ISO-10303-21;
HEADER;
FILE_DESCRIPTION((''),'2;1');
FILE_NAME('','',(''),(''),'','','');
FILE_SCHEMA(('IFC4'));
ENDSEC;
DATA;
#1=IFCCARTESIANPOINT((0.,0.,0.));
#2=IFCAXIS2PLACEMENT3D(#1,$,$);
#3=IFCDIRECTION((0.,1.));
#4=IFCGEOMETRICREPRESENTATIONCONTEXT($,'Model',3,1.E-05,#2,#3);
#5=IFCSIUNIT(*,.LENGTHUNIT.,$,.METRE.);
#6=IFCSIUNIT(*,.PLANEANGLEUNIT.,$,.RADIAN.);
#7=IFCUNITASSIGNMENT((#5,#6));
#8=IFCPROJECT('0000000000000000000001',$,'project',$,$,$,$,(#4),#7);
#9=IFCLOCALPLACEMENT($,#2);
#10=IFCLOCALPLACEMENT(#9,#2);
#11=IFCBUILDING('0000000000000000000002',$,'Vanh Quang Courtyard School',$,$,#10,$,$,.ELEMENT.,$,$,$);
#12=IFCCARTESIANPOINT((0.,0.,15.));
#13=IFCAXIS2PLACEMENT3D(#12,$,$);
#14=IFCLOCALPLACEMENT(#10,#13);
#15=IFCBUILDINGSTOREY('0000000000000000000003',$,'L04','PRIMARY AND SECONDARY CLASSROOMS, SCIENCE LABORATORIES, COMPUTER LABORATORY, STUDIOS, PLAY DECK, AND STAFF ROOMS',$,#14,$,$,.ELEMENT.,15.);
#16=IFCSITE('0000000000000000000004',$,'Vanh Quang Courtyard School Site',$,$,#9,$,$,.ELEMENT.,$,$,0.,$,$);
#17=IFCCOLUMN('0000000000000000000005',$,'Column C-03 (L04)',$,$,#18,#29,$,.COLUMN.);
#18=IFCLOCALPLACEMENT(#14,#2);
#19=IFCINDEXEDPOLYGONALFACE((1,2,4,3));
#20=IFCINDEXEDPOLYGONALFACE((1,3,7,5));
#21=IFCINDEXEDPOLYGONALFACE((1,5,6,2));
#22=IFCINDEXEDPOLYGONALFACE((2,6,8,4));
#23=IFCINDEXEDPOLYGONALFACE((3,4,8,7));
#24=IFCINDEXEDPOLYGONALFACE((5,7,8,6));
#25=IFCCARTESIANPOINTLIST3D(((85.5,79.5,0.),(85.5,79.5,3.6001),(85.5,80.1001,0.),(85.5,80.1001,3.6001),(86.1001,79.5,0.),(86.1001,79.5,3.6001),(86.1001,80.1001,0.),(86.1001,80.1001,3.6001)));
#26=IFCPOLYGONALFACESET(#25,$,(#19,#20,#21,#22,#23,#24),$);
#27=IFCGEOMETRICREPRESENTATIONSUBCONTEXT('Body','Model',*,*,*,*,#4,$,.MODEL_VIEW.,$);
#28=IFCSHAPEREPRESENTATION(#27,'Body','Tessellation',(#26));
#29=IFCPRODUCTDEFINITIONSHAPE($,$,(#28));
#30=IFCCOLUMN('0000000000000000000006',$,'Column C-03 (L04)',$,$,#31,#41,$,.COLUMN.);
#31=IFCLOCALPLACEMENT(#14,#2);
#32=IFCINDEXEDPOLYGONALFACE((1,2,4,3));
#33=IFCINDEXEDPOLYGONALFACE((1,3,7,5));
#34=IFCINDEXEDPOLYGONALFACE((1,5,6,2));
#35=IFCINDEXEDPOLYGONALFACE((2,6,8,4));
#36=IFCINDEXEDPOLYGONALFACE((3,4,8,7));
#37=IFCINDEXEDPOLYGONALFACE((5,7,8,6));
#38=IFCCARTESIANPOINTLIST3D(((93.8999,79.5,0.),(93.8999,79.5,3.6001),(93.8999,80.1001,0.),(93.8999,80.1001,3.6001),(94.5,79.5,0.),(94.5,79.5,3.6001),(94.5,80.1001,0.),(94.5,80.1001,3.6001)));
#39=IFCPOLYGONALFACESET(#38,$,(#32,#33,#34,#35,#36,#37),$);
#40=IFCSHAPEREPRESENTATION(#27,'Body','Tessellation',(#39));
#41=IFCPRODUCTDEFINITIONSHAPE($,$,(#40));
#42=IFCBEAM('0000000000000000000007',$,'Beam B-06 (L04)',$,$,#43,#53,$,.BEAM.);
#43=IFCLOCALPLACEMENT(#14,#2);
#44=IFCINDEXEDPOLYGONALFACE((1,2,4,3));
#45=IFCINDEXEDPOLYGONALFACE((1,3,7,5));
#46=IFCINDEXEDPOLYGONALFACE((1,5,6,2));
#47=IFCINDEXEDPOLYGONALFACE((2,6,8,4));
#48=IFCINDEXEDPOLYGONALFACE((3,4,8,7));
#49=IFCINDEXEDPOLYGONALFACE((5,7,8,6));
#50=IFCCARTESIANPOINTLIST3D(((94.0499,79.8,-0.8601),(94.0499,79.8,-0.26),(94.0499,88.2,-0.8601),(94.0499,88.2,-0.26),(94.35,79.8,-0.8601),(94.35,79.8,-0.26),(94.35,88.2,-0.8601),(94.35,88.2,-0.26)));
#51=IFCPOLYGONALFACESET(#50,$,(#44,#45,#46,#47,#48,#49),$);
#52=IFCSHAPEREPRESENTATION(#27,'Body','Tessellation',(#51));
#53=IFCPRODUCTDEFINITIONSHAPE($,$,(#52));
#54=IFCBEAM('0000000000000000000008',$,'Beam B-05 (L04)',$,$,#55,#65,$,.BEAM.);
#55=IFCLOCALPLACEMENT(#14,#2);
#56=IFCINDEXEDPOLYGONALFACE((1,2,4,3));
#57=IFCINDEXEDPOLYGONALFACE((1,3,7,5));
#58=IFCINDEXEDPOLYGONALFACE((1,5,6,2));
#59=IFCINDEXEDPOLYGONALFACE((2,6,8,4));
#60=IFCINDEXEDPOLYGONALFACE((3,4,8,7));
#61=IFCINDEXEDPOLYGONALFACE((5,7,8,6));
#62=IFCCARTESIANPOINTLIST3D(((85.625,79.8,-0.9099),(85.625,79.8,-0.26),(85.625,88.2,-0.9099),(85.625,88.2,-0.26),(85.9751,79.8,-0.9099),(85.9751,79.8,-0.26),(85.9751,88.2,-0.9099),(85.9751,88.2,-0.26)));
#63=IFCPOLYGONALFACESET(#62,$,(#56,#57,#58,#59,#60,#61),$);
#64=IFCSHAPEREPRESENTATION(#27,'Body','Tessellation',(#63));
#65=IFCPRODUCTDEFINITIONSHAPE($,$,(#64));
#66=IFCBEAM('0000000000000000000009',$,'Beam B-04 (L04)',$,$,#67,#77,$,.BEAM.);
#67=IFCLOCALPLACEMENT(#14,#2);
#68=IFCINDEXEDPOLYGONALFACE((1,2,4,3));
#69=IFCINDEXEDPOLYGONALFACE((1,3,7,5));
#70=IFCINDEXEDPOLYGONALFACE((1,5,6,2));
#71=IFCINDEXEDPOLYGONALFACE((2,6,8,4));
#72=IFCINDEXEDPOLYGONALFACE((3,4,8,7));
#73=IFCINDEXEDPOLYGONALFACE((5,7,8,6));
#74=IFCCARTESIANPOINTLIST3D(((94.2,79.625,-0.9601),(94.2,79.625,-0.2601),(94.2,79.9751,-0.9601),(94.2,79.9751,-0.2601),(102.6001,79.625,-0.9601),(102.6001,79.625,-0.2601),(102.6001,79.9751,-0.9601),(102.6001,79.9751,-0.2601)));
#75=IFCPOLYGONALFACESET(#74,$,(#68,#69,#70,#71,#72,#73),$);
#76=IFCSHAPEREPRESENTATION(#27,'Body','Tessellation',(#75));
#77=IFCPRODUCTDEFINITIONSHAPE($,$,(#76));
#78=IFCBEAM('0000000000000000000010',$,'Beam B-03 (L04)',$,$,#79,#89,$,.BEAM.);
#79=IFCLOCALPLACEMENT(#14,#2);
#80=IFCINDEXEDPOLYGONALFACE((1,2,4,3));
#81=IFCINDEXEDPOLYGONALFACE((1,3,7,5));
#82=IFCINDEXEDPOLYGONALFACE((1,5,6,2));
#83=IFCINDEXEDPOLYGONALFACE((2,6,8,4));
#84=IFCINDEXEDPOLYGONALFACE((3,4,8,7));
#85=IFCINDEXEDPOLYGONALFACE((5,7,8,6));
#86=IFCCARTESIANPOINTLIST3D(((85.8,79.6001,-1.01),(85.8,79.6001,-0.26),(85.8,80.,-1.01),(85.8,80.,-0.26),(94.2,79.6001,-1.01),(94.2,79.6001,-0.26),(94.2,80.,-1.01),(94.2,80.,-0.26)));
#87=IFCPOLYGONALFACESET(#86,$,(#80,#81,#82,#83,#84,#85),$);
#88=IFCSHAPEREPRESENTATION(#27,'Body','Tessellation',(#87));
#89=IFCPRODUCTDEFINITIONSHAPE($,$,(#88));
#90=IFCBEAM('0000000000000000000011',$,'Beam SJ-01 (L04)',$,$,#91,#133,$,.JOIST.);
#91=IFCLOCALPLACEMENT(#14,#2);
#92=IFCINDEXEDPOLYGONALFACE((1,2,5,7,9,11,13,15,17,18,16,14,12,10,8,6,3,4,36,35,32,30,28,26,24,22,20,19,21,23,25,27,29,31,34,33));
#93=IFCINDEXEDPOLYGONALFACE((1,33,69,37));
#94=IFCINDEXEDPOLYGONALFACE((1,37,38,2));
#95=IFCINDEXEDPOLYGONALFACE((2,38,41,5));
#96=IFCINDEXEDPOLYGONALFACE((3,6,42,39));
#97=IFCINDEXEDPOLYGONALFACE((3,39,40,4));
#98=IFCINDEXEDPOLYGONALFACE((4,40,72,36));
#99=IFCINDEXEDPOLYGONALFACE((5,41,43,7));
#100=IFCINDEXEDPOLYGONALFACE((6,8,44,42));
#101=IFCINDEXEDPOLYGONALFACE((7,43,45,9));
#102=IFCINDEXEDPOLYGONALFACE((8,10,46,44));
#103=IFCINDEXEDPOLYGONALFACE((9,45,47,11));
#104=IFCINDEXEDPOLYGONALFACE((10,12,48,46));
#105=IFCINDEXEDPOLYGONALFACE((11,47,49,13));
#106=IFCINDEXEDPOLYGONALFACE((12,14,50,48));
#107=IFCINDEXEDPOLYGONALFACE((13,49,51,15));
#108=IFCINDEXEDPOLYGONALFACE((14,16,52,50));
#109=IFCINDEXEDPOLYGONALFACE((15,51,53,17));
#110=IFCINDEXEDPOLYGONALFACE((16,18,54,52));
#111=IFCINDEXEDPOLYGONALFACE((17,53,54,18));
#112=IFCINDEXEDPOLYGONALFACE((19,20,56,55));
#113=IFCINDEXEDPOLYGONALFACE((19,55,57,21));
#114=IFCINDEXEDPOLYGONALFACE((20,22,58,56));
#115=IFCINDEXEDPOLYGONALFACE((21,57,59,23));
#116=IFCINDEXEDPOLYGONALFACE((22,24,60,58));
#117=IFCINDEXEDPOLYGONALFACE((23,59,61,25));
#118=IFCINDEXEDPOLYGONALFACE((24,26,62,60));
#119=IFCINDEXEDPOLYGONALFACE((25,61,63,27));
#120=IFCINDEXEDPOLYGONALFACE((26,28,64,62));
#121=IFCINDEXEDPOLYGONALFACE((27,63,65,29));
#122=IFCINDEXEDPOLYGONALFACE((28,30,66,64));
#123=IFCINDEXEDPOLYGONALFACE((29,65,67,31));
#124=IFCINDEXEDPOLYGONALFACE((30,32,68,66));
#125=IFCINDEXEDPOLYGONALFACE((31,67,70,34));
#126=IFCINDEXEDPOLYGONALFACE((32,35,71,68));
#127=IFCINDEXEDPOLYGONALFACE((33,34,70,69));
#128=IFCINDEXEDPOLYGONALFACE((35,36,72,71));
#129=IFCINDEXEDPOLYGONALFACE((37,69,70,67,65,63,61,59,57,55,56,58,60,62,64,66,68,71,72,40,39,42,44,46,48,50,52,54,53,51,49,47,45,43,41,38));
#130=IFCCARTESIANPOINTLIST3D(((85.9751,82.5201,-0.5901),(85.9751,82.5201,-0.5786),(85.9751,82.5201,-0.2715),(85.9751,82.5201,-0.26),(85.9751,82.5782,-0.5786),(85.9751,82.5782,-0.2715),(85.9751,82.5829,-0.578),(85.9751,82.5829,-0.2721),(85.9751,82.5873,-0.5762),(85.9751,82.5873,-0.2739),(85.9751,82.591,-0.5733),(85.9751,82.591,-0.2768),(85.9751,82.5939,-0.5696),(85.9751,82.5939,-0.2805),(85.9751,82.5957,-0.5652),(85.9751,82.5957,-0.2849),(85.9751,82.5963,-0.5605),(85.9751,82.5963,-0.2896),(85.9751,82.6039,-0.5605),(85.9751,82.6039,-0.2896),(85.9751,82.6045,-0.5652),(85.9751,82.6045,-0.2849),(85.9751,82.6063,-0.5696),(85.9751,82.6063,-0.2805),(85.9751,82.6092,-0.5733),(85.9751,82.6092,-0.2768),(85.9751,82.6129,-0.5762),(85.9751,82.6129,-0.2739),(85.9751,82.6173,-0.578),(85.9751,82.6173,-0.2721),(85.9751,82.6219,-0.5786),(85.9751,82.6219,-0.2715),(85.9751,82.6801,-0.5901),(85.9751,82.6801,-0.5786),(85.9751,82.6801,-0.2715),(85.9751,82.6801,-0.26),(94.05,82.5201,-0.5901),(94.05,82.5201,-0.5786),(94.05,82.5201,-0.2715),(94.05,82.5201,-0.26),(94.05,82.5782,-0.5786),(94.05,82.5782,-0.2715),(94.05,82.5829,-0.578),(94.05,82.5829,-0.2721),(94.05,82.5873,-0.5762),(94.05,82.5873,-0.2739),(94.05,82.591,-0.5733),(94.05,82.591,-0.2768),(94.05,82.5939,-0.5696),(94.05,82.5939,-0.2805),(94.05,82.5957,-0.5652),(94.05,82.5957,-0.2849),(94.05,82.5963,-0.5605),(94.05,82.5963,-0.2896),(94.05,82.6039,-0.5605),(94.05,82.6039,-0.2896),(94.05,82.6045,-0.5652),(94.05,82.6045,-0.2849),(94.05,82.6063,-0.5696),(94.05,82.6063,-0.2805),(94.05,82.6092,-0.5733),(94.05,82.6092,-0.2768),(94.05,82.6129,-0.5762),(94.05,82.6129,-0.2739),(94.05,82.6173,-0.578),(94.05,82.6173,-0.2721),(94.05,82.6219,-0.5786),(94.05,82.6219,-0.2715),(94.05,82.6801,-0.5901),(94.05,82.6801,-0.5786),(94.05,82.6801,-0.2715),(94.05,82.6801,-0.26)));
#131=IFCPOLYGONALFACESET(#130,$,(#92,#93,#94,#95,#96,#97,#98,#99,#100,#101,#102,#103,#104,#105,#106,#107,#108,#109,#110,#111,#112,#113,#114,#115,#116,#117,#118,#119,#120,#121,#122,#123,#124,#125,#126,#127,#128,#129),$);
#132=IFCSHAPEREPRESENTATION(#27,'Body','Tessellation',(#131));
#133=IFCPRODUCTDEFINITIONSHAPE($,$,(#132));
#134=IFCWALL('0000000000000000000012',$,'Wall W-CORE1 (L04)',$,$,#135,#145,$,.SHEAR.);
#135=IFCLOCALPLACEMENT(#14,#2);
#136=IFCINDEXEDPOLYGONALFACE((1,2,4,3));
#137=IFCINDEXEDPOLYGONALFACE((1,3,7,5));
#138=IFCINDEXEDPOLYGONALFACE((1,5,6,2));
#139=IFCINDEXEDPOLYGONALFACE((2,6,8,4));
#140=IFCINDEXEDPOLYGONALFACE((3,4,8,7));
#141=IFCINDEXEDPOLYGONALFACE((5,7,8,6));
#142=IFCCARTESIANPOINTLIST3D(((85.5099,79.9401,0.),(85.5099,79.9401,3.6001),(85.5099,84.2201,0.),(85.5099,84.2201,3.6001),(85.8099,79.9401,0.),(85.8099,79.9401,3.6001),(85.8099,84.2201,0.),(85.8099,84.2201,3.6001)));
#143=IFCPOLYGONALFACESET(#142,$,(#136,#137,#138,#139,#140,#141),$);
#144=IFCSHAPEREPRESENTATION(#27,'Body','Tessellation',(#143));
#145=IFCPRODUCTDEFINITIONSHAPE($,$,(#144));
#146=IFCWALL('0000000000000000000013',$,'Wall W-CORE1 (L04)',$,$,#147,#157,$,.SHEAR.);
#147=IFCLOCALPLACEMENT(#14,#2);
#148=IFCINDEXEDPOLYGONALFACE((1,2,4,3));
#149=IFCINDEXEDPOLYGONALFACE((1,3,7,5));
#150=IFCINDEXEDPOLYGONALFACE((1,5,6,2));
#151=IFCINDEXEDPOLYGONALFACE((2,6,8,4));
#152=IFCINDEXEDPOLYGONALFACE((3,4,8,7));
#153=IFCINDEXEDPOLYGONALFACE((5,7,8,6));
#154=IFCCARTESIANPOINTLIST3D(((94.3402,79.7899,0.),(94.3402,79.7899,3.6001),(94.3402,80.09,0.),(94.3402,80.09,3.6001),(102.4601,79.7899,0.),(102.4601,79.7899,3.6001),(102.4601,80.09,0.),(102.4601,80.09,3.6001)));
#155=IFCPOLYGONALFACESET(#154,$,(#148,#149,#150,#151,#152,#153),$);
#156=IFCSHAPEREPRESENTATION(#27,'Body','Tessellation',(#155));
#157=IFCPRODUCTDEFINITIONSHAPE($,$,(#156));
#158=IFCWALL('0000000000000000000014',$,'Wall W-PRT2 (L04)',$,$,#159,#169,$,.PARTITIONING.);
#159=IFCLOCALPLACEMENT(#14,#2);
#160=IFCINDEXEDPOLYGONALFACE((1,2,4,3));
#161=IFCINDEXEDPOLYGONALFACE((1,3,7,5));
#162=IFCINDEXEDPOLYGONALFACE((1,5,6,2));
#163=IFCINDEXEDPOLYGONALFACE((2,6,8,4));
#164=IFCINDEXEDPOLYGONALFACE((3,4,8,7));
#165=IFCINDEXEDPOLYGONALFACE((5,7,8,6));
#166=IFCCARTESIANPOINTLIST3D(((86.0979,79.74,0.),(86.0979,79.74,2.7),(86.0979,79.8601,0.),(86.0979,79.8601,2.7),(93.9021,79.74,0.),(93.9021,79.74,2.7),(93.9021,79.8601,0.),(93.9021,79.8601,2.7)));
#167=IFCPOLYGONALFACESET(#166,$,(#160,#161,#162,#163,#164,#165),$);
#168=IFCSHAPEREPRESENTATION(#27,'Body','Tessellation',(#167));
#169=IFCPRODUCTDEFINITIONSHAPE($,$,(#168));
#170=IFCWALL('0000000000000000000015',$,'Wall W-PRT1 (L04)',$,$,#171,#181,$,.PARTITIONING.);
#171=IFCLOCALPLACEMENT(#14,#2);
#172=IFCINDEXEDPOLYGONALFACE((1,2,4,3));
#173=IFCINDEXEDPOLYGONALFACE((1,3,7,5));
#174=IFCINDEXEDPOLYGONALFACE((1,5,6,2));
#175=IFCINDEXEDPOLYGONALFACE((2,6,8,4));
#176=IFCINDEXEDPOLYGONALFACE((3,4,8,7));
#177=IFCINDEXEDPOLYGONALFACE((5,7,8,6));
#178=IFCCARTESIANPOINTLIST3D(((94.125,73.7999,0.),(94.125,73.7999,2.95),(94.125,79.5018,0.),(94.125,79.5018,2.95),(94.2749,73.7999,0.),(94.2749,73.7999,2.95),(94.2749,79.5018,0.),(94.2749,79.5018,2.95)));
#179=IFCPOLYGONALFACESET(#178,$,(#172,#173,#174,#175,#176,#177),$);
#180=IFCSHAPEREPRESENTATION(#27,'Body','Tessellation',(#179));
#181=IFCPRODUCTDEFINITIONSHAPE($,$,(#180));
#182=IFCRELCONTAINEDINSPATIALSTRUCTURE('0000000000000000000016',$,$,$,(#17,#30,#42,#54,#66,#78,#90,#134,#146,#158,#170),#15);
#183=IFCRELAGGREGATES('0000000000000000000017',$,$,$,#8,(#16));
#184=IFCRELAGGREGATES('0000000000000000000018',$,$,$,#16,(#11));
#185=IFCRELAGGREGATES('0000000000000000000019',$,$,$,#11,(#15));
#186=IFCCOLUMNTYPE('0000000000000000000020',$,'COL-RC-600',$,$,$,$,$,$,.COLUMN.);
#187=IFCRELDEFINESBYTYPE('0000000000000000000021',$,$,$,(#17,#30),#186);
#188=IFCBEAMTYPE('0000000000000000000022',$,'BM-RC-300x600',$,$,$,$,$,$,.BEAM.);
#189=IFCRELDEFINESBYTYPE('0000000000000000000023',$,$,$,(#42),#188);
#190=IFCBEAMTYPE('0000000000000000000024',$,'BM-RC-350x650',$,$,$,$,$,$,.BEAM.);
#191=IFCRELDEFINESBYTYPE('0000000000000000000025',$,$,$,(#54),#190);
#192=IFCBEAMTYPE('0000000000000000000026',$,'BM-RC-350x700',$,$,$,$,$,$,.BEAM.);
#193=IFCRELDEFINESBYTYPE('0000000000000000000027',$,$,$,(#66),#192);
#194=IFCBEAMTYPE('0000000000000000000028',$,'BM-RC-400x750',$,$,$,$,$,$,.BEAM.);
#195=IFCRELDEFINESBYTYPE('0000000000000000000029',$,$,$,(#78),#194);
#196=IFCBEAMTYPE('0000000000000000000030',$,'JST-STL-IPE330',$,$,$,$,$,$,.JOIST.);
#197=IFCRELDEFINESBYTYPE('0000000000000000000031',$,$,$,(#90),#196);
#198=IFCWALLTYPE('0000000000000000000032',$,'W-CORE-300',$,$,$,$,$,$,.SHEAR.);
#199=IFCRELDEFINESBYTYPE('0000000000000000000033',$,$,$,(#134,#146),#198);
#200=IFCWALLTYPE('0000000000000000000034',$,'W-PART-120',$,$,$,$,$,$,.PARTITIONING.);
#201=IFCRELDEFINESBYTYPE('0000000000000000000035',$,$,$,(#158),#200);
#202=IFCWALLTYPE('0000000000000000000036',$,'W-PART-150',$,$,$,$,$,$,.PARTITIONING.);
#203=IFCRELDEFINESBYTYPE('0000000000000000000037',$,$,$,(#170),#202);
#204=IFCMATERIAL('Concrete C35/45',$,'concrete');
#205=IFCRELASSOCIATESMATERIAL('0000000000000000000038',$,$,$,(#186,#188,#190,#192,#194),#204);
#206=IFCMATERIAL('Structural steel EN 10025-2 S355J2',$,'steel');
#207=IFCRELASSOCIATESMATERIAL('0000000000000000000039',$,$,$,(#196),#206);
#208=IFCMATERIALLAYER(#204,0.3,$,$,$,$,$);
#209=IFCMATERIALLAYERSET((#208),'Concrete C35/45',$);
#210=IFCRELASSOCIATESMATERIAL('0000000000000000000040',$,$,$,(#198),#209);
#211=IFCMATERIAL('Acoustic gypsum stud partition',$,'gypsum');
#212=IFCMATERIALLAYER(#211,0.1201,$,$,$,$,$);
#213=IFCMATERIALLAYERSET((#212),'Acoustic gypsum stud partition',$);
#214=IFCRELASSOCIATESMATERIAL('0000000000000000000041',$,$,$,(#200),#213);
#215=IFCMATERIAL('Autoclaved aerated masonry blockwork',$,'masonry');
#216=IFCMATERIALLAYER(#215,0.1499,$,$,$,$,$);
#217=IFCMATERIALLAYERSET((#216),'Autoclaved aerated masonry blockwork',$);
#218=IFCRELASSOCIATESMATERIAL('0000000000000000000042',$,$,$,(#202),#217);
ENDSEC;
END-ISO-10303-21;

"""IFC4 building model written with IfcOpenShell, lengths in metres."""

from ifc_helpers import new_model, si_unit, direction, frame, frame_2d, origin, origin_2d, place, context, subcontext, project, spatial, rectangle, i_section, extrude, material, layer, layer_set, material_profile, profile_set, type_object, element, save


model = new_model("IFC4")

# Units and contexts
model_context = context("Model", 3, precision=1e-05, world=origin(), true_north=direction((0.0, 1.0)))
body_context = subcontext(model_context, "Body", "Model", "MODEL_VIEW")
ifc_project = project(units=[si_unit("LENGTHUNIT", "METRE"), si_unit("PLANEANGLEUNIT", "RADIAN")], contexts=[model_context])

# Site, building, storey
site_placement = place(None, origin())
site = spatial("IfcSite", under=ifc_project, at=site_placement, Name="Vanh Quang Courtyard School Site", CompositionType="ELEMENT", RefElevation=0.0)
building_placement = place(site_placement, origin())
building = spatial("IfcBuilding", under=site, at=building_placement, Name="Vanh Quang Courtyard School", CompositionType="ELEMENT")
storey_placement = place(building_placement, frame((0.0, 0.0, 15.0)))
storey = spatial("IfcBuildingStorey", under=building, at=storey_placement, Name="L04", Description="PRIMARY AND SECONDARY CLASSROOMS, SCIENCE LABORATORIES, COMPUTER LABORATORY, STUDIOS, PLAY DECK, AND STAFF ROOMS", CompositionType="ELEMENT", Elevation=15.0)

# Columns
ifc_material_1 = material(Name="Concrete C35/45", Category="concrete")
ifc_material_profile_1 = material_profile(ifc_material_1, rectangle(XDim=0.6001, YDim=0.6001, at=origin_2d()), Name="RC-COL 600x600")
ifc_profile_set_1 = profile_set([ifc_material_profile_1], Name="Concrete C35/45")
column_type = type_object("IfcColumnType", Name="COL-RC-600", PredefinedType="COLUMN", material=ifc_profile_set_1)
for number, where, z_axis, x_axis, name in (
    (1, (85.8, 79.8, 0.0), (0.0, 0.0, 1.0), (1.0, 0.0, 0.0), "Column C-03 (L04)"),
    (2, (94.2, 79.8, 0.0), (0.0, 0.0, 1.0), (1.0, 0.0, 0.0), "Column C-03 (L04)"),
):
    element("IfcColumn", number, at=place(storey_placement, frame(where, z_axis=z_axis, x_axis=x_axis)), inside=storey, type_object=column_type, Name=name, PredefinedType="COLUMN", context=body_context, shape_type="SweptSolid", body=[
        extrude(rectangle(XDim=0.6001, YDim=0.6001, at=origin_2d()), origin(), (0.0, 0.0, 1.0), 3.6001),
    ])

# Beams
ifc_material_profile_2 = material_profile(ifc_material_1, rectangle(XDim=0.3, YDim=0.6001, at=origin_2d()), Name="RC-BM 300x600")
ifc_profile_set_2 = profile_set([ifc_material_profile_2], Name="Concrete C35/45")
beam_type_1 = type_object("IfcBeamType", Name="BM-RC-300x600", PredefinedType="BEAM", material=ifc_profile_set_2)
beam_1_placement = place(storey_placement, frame((94.2, 79.8, -0.5601), z_axis=(0.0, 1.0, 0.0), x_axis=(-1.0, 0.0, 0.0)))
element("IfcBeam", 3, at=beam_1_placement, inside=storey, type_object=beam_type_1, Name="Beam B-06 (L04)", PredefinedType="BEAM", context=body_context, shape_type="SweptSolid", body=[
    extrude(rectangle(XDim=0.3, YDim=0.6001, at=origin_2d()), origin(), (0.0, 0.0, 1.0), 8.3999),
])
ifc_material_profile_3 = material_profile(ifc_material_1, rectangle(XDim=0.3501, YDim=0.6499, at=origin_2d()), Name="RC-BM 350x650")
ifc_profile_set_3 = profile_set([ifc_material_profile_3], Name="Concrete C35/45")
beam_type_2 = type_object("IfcBeamType", Name="BM-RC-350x650", PredefinedType="BEAM", material=ifc_profile_set_3)
beam_2_placement = place(storey_placement, frame((85.8, 79.8, -0.585), z_axis=(0.0, 1.0, 0.0), x_axis=(-1.0, 0.0, 0.0)))
element("IfcBeam", 4, at=beam_2_placement, inside=storey, type_object=beam_type_2, Name="Beam B-05 (L04)", PredefinedType="BEAM", context=body_context, shape_type="SweptSolid", body=[
    extrude(rectangle(XDim=0.3501, YDim=0.6499, at=origin_2d()), origin(), (0.0, 0.0, 1.0), 8.3999),
])
ifc_material_profile_4 = material_profile(ifc_material_1, rectangle(XDim=0.3501, YDim=0.7, at=origin_2d()), Name="RC-BM 350x700")
ifc_profile_set_4 = profile_set([ifc_material_profile_4], Name="Concrete C35/45")
beam_type_3 = type_object("IfcBeamType", Name="BM-RC-350x700", PredefinedType="BEAM", material=ifc_profile_set_4)
beam_3_placement = place(storey_placement, frame((94.2, 79.8, -0.6101), z_axis=(1.0, 0.0, 0.0), x_axis=(0.0, 1.0, 0.0)))
element("IfcBeam", 5, at=beam_3_placement, inside=storey, type_object=beam_type_3, Name="Beam B-04 (L04)", PredefinedType="BEAM", context=body_context, shape_type="SweptSolid", body=[
    extrude(rectangle(XDim=0.3501, YDim=0.7, at=origin_2d()), origin(), (0.0, 0.0, 1.0), 8.4001),
])
ifc_material_profile_5 = material_profile(ifc_material_1, rectangle(XDim=0.3999, YDim=0.75, at=origin_2d()), Name="RC-BM 400x750")
ifc_profile_set_5 = profile_set([ifc_material_profile_5], Name="Concrete C35/45")
beam_type_4 = type_object("IfcBeamType", Name="BM-RC-400x750", PredefinedType="BEAM", material=ifc_profile_set_5)
beam_4_placement = place(storey_placement, frame((85.8, 79.8, -0.635), z_axis=(1.0, 0.0, 0.0), x_axis=(0.0, 1.0, 0.0)))
element("IfcBeam", 6, at=beam_4_placement, inside=storey, type_object=beam_type_4, Name="Beam B-03 (L04)", PredefinedType="BEAM", context=body_context, shape_type="SweptSolid", body=[
    extrude(rectangle(XDim=0.3999, YDim=0.75, at=origin_2d()), origin(), (0.0, 0.0, 1.0), 8.3999),
])
ifc_material_2 = material(Name="Structural steel EN 10025-2 S355J2", Category="steel")
ifc_material_profile_6 = material_profile(ifc_material_2, i_section(OverallWidth=0.1599, OverallDepth=0.3301, WebThickness=0.0076, FlangeThickness=0.0115, FilletRadius=0.0181, at=origin_2d()), Name="IPE 330")
ifc_profile_set_6 = profile_set([ifc_material_profile_6], Name="Structural steel EN 10025-2 S355J2")
beam_type_5 = type_object("IfcBeamType", Name="JST-STL-IPE330", PredefinedType="JOIST", material=ifc_profile_set_6)
beam_5_placement = place(storey_placement, frame((85.9751, 82.6001, -0.425), z_axis=(1.0, 0.0, 0.0), x_axis=(0.0, 1.0, 0.0)))
element("IfcBeam", 7, at=beam_5_placement, inside=storey, type_object=beam_type_5, Name="Beam SJ-01 (L04)", PredefinedType="JOIST", context=body_context, shape_type="SweptSolid", body=[
    extrude(i_section(OverallWidth=0.1599, OverallDepth=0.3301, WebThickness=0.0076, FlangeThickness=0.0115, FilletRadius=0.0181, at=origin_2d()), origin(), (0.0, 0.0, 1.0), 8.075),
])

# Wall
ifc_layer_1 = layer(ifc_material_1, 0.3)
ifc_layer_set_1 = layer_set([ifc_layer_1], Name="Concrete C35/45")
wall_type_1 = type_object("IfcWallType", Name="W-CORE-300", PredefinedType="SHEAR", material=ifc_layer_set_1)
wall_1_placement = place(storey_placement, frame((85.6599, 79.9399, 0.0), z_axis=(0.0, 0.0, 1.0), x_axis=(0.0, 1.0, 0.0)))
element("IfcWall", 8, at=wall_1_placement, inside=storey, type_object=wall_type_1, Name="Wall W-CORE1 (L04)", PredefinedType="SHEAR", context=body_context, shape_type="SweptSolid", body=[
    extrude(rectangle(XDim=4.28, YDim=0.3, at=frame_2d((2.1401, 0.0))), origin(), (0.0, 0.0, 1.0), 3.6001),
])

# Walls
wall_2_placement = place(storey_placement, frame((94.3401, 79.9399, 0.0), z_axis=(0.0, 0.0, 1.0), x_axis=(1.0, 0.0, 0.0)))
element("IfcWall", 9, at=wall_2_placement, inside=storey, type_object=wall_type_1, Name="Wall W-CORE1 (L04)", PredefinedType="SHEAR", context=body_context, shape_type="SweptSolid", body=[
    extrude(rectangle(XDim=8.1199, YDim=0.3, at=frame_2d((4.0601, 0.0))), origin(), (0.0, 0.0, 1.0), 3.6001),
])
ifc_material_3 = material(Name="Acoustic gypsum stud partition", Category="gypsum")
ifc_layer_2 = layer(ifc_material_3, 0.1201)
ifc_layer_set_2 = layer_set([ifc_layer_2], Name="Acoustic gypsum stud partition")
wall_type_2 = type_object("IfcWallType", Name="W-PART-120", PredefinedType="PARTITIONING", material=ifc_layer_set_2)
wall_3_placement = place(storey_placement, frame((86.0979, 79.8, 0.0), z_axis=(0.0, 0.0, 1.0), x_axis=(1.0, 0.0, 0.0)))
element("IfcWall", 10, at=wall_3_placement, inside=storey, type_object=wall_type_2, Name="Wall W-PRT2 (L04)", PredefinedType="PARTITIONING", context=body_context, shape_type="SweptSolid", body=[
    extrude(rectangle(XDim=7.8042, YDim=0.1201, at=frame_2d((3.9021, 0.0))), origin(), (0.0, 0.0, 1.0), 2.7),
])
ifc_material_4 = material(Name="Autoclaved aerated masonry blockwork", Category="masonry")
ifc_layer_3 = layer(ifc_material_4, 0.1499)
ifc_layer_set_3 = layer_set([ifc_layer_3], Name="Autoclaved aerated masonry blockwork")
wall_type_3 = type_object("IfcWallType", Name="W-PART-150", PredefinedType="PARTITIONING", material=ifc_layer_set_3)
wall_4_placement = place(storey_placement, frame((94.2, 79.502, 0.0), z_axis=(0.0, 0.0, 1.0), x_axis=(0.0, -1.0, 0.0)))
element("IfcWall", 11, at=wall_4_placement, inside=storey, type_object=wall_type_3, Name="Wall W-PRT1 (L04)", PredefinedType="PARTITIONING", context=body_context, shape_type="SweptSolid", body=[
    extrude(rectangle(XDim=5.7019, YDim=0.1499, at=frame_2d((2.8511, 0.0))), origin(), (0.0, 0.0, 1.0), 2.95),
])

save(model, "model.ifc")
